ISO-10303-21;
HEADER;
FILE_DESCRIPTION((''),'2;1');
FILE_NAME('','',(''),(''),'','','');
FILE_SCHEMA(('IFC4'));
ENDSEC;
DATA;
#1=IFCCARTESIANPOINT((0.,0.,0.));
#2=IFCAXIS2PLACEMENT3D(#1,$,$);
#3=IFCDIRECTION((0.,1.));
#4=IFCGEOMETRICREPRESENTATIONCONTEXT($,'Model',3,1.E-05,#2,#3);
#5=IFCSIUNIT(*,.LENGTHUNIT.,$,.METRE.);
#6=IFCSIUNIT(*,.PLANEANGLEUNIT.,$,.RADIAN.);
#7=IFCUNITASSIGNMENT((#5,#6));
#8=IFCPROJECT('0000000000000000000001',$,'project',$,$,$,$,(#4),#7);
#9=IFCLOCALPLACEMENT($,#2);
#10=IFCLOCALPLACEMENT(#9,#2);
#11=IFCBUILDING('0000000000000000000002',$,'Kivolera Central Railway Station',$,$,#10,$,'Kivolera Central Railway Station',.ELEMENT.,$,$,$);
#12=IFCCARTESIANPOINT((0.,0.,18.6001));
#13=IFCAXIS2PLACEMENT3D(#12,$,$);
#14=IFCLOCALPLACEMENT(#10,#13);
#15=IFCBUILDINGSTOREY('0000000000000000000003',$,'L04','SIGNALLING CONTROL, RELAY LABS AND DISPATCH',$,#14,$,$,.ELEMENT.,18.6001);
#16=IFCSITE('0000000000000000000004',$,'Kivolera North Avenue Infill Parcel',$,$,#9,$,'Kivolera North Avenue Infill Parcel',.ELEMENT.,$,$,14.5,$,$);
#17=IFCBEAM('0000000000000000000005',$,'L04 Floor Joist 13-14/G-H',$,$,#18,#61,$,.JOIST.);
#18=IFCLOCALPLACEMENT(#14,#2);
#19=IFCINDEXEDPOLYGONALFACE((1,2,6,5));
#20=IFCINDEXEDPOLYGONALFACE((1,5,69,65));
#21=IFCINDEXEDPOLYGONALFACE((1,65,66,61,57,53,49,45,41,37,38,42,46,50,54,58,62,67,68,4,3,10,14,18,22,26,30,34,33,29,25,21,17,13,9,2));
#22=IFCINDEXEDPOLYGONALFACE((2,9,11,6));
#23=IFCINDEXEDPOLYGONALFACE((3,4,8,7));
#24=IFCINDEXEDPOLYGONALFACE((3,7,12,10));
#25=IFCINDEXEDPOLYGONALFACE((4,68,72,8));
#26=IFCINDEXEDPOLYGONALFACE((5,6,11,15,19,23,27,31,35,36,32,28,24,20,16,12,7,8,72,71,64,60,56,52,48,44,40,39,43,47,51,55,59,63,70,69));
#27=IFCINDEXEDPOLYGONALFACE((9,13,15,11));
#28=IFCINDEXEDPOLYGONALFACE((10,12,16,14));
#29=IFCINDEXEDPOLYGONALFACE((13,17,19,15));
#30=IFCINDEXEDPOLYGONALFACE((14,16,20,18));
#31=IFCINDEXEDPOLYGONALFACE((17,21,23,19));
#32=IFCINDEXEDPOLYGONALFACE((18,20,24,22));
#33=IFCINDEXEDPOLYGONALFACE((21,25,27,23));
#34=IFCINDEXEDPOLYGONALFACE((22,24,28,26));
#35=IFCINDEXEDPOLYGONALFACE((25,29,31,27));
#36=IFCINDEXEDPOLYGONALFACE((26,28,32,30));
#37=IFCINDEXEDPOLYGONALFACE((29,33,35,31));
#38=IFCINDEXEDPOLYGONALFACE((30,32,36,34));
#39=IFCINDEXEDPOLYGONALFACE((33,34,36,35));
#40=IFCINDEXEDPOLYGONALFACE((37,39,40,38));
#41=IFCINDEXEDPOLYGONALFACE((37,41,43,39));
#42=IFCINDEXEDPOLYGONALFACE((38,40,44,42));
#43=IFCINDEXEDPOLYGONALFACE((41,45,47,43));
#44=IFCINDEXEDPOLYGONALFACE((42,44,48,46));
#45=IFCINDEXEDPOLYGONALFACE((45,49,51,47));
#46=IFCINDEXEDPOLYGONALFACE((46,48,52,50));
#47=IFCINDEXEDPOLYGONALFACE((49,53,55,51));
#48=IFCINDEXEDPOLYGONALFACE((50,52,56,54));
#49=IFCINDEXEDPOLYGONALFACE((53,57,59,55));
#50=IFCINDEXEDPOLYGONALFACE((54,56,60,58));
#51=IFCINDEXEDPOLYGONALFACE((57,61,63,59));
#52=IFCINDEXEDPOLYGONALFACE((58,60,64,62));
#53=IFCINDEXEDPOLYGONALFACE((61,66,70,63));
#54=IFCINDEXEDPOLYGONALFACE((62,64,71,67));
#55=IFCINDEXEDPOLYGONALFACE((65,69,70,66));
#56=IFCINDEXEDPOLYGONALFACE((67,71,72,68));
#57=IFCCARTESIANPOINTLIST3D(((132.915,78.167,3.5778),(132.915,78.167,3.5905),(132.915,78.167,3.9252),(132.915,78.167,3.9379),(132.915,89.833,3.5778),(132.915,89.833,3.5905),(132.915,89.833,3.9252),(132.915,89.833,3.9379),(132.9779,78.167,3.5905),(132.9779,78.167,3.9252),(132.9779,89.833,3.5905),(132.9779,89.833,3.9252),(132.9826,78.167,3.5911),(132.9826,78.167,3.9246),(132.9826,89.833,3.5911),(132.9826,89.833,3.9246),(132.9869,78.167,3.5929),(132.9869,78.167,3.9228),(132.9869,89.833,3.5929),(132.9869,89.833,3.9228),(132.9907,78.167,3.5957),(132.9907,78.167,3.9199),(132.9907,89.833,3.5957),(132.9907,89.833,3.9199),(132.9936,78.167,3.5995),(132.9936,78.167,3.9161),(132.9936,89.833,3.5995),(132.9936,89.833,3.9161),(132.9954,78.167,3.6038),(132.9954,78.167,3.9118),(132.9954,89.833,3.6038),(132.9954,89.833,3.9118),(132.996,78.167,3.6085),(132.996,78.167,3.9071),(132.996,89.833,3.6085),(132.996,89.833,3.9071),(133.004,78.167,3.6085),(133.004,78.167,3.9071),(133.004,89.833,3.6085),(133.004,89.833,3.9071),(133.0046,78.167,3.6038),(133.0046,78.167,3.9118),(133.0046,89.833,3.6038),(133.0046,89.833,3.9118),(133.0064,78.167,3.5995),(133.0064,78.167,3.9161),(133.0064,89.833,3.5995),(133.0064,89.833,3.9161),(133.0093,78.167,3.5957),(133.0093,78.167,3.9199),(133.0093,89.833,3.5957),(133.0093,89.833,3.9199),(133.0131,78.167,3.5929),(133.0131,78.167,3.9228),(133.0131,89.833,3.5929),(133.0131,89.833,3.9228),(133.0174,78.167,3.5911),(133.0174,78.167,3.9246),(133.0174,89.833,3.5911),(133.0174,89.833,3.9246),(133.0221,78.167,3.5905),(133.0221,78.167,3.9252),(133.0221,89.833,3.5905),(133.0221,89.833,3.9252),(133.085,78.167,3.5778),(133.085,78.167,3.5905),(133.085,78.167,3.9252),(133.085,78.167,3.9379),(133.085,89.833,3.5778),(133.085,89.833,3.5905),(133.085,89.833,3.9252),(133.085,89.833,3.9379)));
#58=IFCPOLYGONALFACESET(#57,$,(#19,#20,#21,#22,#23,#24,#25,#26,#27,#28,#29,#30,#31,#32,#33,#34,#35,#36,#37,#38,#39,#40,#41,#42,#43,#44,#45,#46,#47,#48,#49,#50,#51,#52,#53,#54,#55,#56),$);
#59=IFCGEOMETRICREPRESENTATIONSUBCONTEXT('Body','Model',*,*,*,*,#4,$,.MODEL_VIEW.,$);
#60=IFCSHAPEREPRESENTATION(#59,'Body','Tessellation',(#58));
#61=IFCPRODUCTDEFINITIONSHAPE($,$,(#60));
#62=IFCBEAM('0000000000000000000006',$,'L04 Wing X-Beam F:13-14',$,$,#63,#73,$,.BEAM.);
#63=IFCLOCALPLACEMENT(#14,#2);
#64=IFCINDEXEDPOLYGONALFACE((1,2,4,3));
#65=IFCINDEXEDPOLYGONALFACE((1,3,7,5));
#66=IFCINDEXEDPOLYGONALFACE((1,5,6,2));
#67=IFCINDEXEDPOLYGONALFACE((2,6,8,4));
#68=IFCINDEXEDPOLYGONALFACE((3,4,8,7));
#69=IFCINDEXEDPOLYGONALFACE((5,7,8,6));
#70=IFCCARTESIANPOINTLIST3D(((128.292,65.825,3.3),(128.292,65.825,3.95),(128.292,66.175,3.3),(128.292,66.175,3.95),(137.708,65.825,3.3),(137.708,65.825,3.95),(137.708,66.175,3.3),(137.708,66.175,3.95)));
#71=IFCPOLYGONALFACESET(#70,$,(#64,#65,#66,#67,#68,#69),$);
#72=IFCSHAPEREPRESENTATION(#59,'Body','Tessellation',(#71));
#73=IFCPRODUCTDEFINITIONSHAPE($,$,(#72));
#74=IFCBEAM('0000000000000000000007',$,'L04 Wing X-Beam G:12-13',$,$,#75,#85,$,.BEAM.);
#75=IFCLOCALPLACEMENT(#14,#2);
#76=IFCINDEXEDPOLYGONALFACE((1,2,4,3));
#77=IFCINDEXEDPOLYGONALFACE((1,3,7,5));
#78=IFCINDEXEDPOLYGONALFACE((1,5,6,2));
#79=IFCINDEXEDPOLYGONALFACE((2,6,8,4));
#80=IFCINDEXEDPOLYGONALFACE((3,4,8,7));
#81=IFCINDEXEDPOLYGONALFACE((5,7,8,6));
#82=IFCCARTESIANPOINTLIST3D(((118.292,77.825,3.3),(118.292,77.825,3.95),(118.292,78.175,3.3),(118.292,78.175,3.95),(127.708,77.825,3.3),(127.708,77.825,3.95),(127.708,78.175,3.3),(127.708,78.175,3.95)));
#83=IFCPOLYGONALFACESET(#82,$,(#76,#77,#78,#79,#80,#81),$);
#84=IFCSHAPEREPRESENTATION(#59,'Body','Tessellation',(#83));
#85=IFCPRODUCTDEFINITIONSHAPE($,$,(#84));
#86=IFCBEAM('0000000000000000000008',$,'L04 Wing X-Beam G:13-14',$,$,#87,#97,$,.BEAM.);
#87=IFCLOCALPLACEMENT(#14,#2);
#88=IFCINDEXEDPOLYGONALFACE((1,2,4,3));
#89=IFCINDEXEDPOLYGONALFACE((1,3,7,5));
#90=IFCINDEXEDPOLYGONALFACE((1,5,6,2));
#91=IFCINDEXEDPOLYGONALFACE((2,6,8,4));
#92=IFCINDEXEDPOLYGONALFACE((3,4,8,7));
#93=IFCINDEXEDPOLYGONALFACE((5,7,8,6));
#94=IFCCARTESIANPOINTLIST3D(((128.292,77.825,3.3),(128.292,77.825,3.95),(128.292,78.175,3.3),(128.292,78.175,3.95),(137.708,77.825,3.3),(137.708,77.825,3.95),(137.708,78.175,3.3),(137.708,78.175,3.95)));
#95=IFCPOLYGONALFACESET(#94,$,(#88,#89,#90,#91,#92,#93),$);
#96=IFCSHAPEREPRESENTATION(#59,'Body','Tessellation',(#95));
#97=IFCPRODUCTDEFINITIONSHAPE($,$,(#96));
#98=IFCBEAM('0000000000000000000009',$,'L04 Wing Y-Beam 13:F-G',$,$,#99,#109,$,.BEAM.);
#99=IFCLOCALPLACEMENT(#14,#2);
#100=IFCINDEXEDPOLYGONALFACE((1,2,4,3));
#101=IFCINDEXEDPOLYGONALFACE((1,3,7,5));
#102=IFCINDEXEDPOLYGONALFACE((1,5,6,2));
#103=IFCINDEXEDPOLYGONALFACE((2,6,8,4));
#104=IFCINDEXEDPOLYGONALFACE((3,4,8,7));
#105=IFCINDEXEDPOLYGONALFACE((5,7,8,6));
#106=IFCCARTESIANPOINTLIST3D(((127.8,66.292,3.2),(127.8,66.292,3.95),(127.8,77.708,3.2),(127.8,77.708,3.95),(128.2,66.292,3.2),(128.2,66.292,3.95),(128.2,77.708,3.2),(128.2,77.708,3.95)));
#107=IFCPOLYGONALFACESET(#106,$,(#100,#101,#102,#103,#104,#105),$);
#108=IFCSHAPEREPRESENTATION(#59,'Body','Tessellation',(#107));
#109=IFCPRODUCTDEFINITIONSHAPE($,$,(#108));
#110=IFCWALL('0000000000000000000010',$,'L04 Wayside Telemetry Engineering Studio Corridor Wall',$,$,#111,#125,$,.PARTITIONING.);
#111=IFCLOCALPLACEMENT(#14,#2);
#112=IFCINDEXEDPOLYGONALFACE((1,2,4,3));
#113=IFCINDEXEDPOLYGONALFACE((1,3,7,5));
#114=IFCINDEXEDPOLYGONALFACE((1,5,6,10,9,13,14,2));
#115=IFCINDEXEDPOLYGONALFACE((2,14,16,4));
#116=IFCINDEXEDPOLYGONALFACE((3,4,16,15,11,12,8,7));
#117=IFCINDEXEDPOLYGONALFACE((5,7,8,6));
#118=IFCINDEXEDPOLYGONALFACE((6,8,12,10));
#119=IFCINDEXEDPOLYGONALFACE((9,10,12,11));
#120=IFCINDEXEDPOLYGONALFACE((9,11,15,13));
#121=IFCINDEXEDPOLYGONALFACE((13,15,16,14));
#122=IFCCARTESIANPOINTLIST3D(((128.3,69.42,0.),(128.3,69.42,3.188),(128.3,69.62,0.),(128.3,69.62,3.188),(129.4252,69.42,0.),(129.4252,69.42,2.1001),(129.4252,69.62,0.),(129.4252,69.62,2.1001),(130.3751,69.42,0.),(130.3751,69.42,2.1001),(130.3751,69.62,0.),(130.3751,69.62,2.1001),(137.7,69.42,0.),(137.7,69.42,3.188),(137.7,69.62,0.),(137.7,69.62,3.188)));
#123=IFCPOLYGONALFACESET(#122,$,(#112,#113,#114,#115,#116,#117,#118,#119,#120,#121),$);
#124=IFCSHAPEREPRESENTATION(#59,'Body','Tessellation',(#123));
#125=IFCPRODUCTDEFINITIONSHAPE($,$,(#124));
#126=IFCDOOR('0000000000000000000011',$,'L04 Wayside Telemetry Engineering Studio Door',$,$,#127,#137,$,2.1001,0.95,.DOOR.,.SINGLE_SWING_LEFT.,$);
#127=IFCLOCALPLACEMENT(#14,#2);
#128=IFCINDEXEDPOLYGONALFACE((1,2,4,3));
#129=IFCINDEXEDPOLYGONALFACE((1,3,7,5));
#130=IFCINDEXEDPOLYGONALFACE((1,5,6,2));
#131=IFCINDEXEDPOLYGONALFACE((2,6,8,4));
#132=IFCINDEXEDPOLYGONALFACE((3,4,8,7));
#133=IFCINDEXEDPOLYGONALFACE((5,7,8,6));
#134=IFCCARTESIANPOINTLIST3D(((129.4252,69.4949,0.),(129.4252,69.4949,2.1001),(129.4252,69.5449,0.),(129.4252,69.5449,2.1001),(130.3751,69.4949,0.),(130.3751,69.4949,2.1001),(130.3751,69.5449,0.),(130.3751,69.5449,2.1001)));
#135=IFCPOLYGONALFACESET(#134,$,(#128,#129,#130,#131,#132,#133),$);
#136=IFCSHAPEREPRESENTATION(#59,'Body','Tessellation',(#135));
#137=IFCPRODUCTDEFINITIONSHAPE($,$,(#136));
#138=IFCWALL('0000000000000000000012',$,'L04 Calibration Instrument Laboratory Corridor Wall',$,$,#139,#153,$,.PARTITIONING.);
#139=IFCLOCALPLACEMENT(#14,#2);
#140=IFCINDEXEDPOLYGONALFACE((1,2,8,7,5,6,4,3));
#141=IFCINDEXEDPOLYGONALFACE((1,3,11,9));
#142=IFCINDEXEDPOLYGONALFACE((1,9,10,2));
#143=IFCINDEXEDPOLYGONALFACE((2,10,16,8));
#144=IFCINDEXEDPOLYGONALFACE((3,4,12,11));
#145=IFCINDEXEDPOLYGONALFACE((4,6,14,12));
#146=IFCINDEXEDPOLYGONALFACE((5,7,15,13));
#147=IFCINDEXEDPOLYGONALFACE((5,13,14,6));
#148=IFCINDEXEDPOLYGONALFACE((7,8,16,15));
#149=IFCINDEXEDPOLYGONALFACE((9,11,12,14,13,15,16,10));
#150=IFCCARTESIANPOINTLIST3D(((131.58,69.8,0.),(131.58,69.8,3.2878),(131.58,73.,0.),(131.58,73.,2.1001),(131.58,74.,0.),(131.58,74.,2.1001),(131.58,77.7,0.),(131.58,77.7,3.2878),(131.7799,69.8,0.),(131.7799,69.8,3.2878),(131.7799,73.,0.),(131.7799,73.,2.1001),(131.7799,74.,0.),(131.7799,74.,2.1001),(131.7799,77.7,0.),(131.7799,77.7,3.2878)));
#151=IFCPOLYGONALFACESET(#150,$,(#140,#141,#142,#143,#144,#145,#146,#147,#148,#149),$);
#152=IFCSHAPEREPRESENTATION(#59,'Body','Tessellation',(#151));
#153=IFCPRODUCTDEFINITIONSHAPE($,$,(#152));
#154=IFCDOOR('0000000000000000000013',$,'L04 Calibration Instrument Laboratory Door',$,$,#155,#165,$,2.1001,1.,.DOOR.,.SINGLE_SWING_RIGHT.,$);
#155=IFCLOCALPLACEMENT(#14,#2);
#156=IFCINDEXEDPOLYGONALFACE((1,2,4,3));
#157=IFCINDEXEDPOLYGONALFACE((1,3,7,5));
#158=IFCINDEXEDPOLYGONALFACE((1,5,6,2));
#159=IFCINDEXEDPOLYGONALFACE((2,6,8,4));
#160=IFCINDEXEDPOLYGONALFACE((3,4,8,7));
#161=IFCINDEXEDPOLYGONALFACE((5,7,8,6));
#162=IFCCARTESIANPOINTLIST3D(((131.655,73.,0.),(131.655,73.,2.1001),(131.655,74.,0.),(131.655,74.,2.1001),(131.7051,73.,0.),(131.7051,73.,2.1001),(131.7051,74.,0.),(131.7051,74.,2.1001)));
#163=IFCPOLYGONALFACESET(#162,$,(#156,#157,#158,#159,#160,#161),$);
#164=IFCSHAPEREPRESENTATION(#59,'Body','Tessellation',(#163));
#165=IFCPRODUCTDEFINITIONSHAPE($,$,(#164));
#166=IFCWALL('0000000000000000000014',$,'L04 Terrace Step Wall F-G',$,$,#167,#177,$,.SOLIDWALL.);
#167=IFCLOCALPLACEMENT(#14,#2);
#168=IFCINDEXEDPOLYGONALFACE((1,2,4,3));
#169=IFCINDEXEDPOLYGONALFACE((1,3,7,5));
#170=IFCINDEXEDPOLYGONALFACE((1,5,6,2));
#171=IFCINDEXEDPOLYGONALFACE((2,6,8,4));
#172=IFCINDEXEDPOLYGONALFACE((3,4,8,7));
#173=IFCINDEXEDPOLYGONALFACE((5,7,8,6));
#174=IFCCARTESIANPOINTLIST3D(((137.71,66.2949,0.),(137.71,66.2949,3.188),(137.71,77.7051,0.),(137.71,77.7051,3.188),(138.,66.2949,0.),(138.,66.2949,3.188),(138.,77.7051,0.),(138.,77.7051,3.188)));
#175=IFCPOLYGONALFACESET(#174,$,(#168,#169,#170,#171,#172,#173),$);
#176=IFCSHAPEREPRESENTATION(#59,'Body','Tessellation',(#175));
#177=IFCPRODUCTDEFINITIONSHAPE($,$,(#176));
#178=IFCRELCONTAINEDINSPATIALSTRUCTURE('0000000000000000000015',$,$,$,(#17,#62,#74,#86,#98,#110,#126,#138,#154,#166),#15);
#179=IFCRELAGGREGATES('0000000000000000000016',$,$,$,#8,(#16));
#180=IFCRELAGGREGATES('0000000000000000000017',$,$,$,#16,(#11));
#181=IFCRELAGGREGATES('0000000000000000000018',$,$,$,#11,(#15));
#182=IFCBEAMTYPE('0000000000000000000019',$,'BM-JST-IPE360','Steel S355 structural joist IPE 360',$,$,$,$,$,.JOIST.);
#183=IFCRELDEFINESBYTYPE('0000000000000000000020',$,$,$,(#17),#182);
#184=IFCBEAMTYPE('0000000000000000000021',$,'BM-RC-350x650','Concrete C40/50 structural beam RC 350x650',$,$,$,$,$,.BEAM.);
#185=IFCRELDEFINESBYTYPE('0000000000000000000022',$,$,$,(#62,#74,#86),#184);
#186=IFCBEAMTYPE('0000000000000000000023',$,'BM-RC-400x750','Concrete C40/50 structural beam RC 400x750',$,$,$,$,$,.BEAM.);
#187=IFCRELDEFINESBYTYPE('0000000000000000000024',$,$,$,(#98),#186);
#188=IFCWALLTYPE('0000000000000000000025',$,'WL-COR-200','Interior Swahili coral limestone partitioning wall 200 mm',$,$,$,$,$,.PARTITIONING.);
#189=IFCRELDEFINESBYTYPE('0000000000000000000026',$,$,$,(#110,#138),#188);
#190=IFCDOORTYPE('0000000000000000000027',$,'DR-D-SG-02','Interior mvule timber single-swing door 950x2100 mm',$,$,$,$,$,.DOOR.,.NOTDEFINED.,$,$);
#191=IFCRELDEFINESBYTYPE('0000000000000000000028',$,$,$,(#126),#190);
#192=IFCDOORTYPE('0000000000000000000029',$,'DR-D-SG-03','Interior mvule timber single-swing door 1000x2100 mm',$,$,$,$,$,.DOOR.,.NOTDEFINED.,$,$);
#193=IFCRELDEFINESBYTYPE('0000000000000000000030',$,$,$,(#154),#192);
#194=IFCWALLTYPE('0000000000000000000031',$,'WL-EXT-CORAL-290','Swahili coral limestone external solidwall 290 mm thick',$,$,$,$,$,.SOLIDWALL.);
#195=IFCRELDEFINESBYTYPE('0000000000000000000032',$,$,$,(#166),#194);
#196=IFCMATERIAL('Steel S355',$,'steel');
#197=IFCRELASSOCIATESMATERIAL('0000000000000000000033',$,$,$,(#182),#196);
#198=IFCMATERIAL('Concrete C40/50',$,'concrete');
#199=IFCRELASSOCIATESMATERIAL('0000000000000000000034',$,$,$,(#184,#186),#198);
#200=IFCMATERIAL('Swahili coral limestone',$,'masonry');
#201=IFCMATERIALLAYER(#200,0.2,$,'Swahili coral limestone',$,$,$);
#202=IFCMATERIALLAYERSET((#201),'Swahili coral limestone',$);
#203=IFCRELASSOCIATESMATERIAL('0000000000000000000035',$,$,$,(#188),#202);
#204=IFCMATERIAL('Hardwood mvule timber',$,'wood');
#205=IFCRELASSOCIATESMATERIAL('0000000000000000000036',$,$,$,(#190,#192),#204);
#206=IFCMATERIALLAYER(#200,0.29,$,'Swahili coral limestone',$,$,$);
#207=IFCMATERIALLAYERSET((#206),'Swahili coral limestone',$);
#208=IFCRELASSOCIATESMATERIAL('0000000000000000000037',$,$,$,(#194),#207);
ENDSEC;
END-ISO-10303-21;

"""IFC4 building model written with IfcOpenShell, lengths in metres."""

from ifc_helpers import new_model, si_unit, direction, frame, frame_2d, origin, origin_2d, place, context, subcontext, project, spatial, rectangle, i_section, extrude, material, layer, layer_set, material_profile, profile_set, type_object, element, fill, save


model = new_model("IFC4")

# Units and contexts
model_context = context("Model", 3, precision=1e-05, world=origin(), true_north=direction((0.0, 1.0)))
body_context = subcontext(model_context, "Body", "Model", "MODEL_VIEW")
ifc_project = project(units=[si_unit("LENGTHUNIT", "METRE"), si_unit("PLANEANGLEUNIT", "RADIAN")], contexts=[model_context])

# Site, building, storey
site_placement = place(None, origin())
site = spatial("IfcSite", under=ifc_project, at=site_placement, Name="Kivolera North Avenue Infill Parcel", LongName="Kivolera North Avenue Infill Parcel", CompositionType="ELEMENT", RefElevation=14.5)
building_placement = place(site_placement, origin())
building = spatial("IfcBuilding", under=site, at=building_placement, Name="Kivolera Central Railway Station", LongName="Kivolera Central Railway Station", CompositionType="ELEMENT")
storey_placement = place(building_placement, frame((0.0, 0.0, 18.6001)))
storey = spatial("IfcBuildingStorey", under=building, at=storey_placement, Name="L04", Description="SIGNALLING CONTROL, RELAY LABS AND DISPATCH", CompositionType="ELEMENT", Elevation=18.6001)

# Shared definitions
ifc_material_1 = material(Name="Concrete C40/50", Category="concrete")

# Beams
ifc_material_2 = material(Name="Steel S355", Category="steel")
ifc_material_profile_1 = material_profile(ifc_material_2, i_section(OverallWidth=0.1699, OverallDepth=0.3601, WebThickness=0.0081, FlangeThickness=0.0127, FilletRadius=0.0181, at=origin_2d()), Name="IPE 360")
ifc_profile_set_1 = profile_set([ifc_material_profile_1], Name="Steel S355")
beam_type_1 = type_object("IfcBeamType", Name="BM-JST-IPE360", Description="Steel S355 structural joist IPE 360", PredefinedType="JOIST", material=ifc_profile_set_1)
for number, where, z_axis, x_axis, name in (
    (1, (133.0, 78.167, 3.7578), (0.0, 1.0, 0.0), (-1.0, 0.0, 0.0), "L04 Floor Joist 13-14/G-H"),
):
    element("IfcBeam", number, at=place(storey_placement, frame(where, z_axis=z_axis, x_axis=x_axis)), inside=storey, type_object=beam_type_1, Name=name, PredefinedType="JOIST", context=body_context, shape_type="SweptSolid", body=[
        extrude(i_section(OverallWidth=0.1699, OverallDepth=0.3601, WebThickness=0.0081, FlangeThickness=0.0127, FilletRadius=0.0181, at=origin_2d()), origin(), (0.0, 0.0, 1.0), 11.666),
    ])
ifc_material_profile_2 = material_profile(ifc_material_1, rectangle(XDim=0.3501, YDim=0.6499, at=origin_2d()), Name="RC 350x650")
ifc_profile_set_2 = profile_set([ifc_material_profile_2], Name="Concrete C40/50")
beam_type_2 = type_object("IfcBeamType", Name="BM-RC-350x650", Description="Concrete C40/50 structural beam RC 350x650", PredefinedType="BEAM", material=ifc_profile_set_2)
for number, where, z_axis, x_axis, name in (
    (2, (128.292, 66.0, 3.625), (1.0, 0.0, 0.0), (0.0, 1.0, 0.0), "L04 Wing X-Beam F:13-14"),
    (3, (118.292, 78.0, 3.625), (1.0, 0.0, 0.0), (0.0, 1.0, 0.0), "L04 Wing X-Beam G:12-13"),
    (4, (128.292, 78.0, 3.625), (1.0, 0.0, 0.0), (0.0, 1.0, 0.0), "L04 Wing X-Beam G:13-14"),
):
    element("IfcBeam", number, at=place(storey_placement, frame(where, z_axis=z_axis, x_axis=x_axis)), inside=storey, type_object=beam_type_2, Name=name, PredefinedType="BEAM", context=body_context, shape_type="SweptSolid", body=[
        extrude(rectangle(XDim=0.3501, YDim=0.6499, at=origin_2d()), origin(), (0.0, 0.0, 1.0), 9.416),
    ])
ifc_material_profile_3 = material_profile(ifc_material_1, rectangle(XDim=0.3999, YDim=0.75, at=origin_2d()), Name="RC 400x750")
ifc_profile_set_3 = profile_set([ifc_material_profile_3], Name="Concrete C40/50")
beam_type_3 = type_object("IfcBeamType", Name="BM-RC-400x750", Description="Concrete C40/50 structural beam RC 400x750", PredefinedType="BEAM", material=ifc_profile_set_3)
beam_placement = place(storey_placement, frame((128.0, 66.292, 3.575), z_axis=(0.0, 1.0, 0.0), x_axis=(-1.0, 0.0, 0.0)))
element("IfcBeam", 5, at=beam_placement, inside=storey, type_object=beam_type_3, Name="L04 Wing Y-Beam 13:F-G", PredefinedType="BEAM", context=body_context, shape_type="SweptSolid", body=[
    extrude(rectangle(XDim=0.3999, YDim=0.75, at=origin_2d()), origin(), (0.0, 0.0, 1.0), 11.416),
])

# Walls, openings, doors
ifc_material_3 = material(Name="Swahili coral limestone", Category="masonry")
ifc_layer_1 = layer(ifc_material_3, 0.2, Name="Swahili coral limestone")
ifc_layer_set_1 = layer_set([ifc_layer_1], Name="Swahili coral limestone")
wall_type_1 = type_object("IfcWallType", Name="WL-COR-200", Description="Interior Swahili coral limestone partitioning wall 200 mm", PredefinedType="PARTITIONING", material=ifc_layer_set_1)
wall_1_placement = place(storey_placement, frame((128.3, 69.52, 0.0), z_axis=(0.0, 0.0, 1.0), x_axis=(1.0, 0.0, 0.0)))
wall_1 = element("IfcWall", 6, at=wall_1_placement, inside=storey, type_object=wall_type_1, Name="L04 Wayside Telemetry Engineering Studio Corridor Wall", PredefinedType="PARTITIONING", context=body_context, shape_type="SweptSolid", body=[
    extrude(rectangle(XDim=9.3999, YDim=0.2, at=frame_2d((4.7, 0.0))), origin(), (0.0, 0.0, 1.0), 3.188),
])
opening_1_placement = place(wall_1_placement, frame((1.125, 0.0, 0.0)))
opening_1 = element("IfcOpeningElement", 7, at=opening_1_placement, cuts=wall_1, PredefinedType="OPENING", context=body_context, shape_type="SweptSolid", body=[
    extrude(rectangle(XDim=0.95, YDim=2.1001, at=frame_2d((0.4751, 1.05))), frame((0.0, 0.1099, 0.0), z_axis=(0.0, -1.0, 0.0), x_axis=(1.0, 0.0, 0.0)), (0.0, 0.0, 1.0), 0.22),
])
ifc_material_4 = material(Name="Hardwood mvule timber", Category="wood")
door_type_1 = type_object("IfcDoorType", Name="DR-D-SG-02", Description="Interior mvule timber single-swing door 950x2100 mm", OperationType="NOTDEFINED", PredefinedType="DOOR", material=ifc_material_4)
door_1_placement = place(opening_1_placement, origin())
door_1 = element("IfcDoor", 8, at=door_1_placement, inside=storey, type_object=door_type_1, Name="L04 Wayside Telemetry Engineering Studio Door", OperationType="SINGLE_SWING_LEFT", OverallHeight=2.1001, OverallWidth=0.95, PredefinedType="DOOR", context=body_context, shape_type="SweptSolid", body=[
    extrude(rectangle(XDim=0.95, YDim=2.1001, at=frame_2d((0.4751, 1.05))), frame((0.0, 0.0249, 0.0), z_axis=(0.0, -1.0, 0.0), x_axis=(1.0, 0.0, 0.0)), (0.0, 0.0, 1.0), 0.05),
])
fill(opening_1, door_1)
wall_2_placement = place(storey_placement, frame((131.6799, 69.8, 0.0), z_axis=(0.0, 0.0, 1.0), x_axis=(0.0, 1.0, 0.0)))
wall_2 = element("IfcWall", 9, at=wall_2_placement, inside=storey, type_object=wall_type_1, Name="L04 Calibration Instrument Laboratory Corridor Wall", PredefinedType="PARTITIONING", context=body_context, shape_type="SweptSolid", body=[
    extrude(rectangle(XDim=7.8999, YDim=0.2, at=frame_2d((3.95, 0.0))), origin(), (0.0, 0.0, 1.0), 3.2878),
])
opening_2_placement = place(wall_2_placement, frame((3.2, 0.0, 0.0)))
opening_2 = element("IfcOpeningElement", 10, at=opening_2_placement, cuts=wall_2, PredefinedType="OPENING", context=body_context, shape_type="SweptSolid", body=[
    extrude(rectangle(XDim=1.0, YDim=2.1001, at=frame_2d((0.5, 1.05))), frame((0.0, 0.1099, 0.0), z_axis=(0.0, -1.0, 0.0), x_axis=(1.0, 0.0, 0.0)), (0.0, 0.0, 1.0), 0.22),
])
door_type_2 = type_object("IfcDoorType", Name="DR-D-SG-03", Description="Interior mvule timber single-swing door 1000x2100 mm", OperationType="NOTDEFINED", PredefinedType="DOOR", material=ifc_material_4)
door_2_placement = place(opening_2_placement, origin())
door_2 = element("IfcDoor", 11, at=door_2_placement, inside=storey, type_object=door_type_2, Name="L04 Calibration Instrument Laboratory Door", OperationType="SINGLE_SWING_RIGHT", OverallHeight=2.1001, OverallWidth=1.0, PredefinedType="DOOR", context=body_context, shape_type="SweptSolid", body=[
    extrude(rectangle(XDim=1.0, YDim=2.1001, at=frame_2d((0.5, 1.05))), frame((0.0, 0.0249, 0.0), z_axis=(0.0, -1.0, 0.0), x_axis=(1.0, 0.0, 0.0)), (0.0, 0.0, 1.0), 0.05),
])
fill(opening_2, door_2)

# Wall
ifc_layer_2 = layer(ifc_material_3, 0.29, Name="Swahili coral limestone")
ifc_layer_set_2 = layer_set([ifc_layer_2], Name="Swahili coral limestone")
wall_type_2 = type_object("IfcWallType", Name="WL-EXT-CORAL-290", Description="Swahili coral limestone external solidwall 290 mm thick", PredefinedType="SOLIDWALL", material=ifc_layer_set_2)
wall_3_placement = place(storey_placement, frame((137.855, 77.7051, 0.0), z_axis=(0.0, 0.0, 1.0), x_axis=(0.0, -1.0, 0.0)))
element("IfcWall", 12, at=wall_3_placement, inside=storey, type_object=wall_type_2, Name="L04 Terrace Step Wall F-G", PredefinedType="SOLIDWALL", context=body_context, shape_type="SweptSolid", body=[
    extrude(rectangle(XDim=11.4102, YDim=0.29, at=frame_2d((5.7051, 0.0))), origin(), (0.0, 0.0, 1.0), 3.188),
])

save(model, "model.ifc")
